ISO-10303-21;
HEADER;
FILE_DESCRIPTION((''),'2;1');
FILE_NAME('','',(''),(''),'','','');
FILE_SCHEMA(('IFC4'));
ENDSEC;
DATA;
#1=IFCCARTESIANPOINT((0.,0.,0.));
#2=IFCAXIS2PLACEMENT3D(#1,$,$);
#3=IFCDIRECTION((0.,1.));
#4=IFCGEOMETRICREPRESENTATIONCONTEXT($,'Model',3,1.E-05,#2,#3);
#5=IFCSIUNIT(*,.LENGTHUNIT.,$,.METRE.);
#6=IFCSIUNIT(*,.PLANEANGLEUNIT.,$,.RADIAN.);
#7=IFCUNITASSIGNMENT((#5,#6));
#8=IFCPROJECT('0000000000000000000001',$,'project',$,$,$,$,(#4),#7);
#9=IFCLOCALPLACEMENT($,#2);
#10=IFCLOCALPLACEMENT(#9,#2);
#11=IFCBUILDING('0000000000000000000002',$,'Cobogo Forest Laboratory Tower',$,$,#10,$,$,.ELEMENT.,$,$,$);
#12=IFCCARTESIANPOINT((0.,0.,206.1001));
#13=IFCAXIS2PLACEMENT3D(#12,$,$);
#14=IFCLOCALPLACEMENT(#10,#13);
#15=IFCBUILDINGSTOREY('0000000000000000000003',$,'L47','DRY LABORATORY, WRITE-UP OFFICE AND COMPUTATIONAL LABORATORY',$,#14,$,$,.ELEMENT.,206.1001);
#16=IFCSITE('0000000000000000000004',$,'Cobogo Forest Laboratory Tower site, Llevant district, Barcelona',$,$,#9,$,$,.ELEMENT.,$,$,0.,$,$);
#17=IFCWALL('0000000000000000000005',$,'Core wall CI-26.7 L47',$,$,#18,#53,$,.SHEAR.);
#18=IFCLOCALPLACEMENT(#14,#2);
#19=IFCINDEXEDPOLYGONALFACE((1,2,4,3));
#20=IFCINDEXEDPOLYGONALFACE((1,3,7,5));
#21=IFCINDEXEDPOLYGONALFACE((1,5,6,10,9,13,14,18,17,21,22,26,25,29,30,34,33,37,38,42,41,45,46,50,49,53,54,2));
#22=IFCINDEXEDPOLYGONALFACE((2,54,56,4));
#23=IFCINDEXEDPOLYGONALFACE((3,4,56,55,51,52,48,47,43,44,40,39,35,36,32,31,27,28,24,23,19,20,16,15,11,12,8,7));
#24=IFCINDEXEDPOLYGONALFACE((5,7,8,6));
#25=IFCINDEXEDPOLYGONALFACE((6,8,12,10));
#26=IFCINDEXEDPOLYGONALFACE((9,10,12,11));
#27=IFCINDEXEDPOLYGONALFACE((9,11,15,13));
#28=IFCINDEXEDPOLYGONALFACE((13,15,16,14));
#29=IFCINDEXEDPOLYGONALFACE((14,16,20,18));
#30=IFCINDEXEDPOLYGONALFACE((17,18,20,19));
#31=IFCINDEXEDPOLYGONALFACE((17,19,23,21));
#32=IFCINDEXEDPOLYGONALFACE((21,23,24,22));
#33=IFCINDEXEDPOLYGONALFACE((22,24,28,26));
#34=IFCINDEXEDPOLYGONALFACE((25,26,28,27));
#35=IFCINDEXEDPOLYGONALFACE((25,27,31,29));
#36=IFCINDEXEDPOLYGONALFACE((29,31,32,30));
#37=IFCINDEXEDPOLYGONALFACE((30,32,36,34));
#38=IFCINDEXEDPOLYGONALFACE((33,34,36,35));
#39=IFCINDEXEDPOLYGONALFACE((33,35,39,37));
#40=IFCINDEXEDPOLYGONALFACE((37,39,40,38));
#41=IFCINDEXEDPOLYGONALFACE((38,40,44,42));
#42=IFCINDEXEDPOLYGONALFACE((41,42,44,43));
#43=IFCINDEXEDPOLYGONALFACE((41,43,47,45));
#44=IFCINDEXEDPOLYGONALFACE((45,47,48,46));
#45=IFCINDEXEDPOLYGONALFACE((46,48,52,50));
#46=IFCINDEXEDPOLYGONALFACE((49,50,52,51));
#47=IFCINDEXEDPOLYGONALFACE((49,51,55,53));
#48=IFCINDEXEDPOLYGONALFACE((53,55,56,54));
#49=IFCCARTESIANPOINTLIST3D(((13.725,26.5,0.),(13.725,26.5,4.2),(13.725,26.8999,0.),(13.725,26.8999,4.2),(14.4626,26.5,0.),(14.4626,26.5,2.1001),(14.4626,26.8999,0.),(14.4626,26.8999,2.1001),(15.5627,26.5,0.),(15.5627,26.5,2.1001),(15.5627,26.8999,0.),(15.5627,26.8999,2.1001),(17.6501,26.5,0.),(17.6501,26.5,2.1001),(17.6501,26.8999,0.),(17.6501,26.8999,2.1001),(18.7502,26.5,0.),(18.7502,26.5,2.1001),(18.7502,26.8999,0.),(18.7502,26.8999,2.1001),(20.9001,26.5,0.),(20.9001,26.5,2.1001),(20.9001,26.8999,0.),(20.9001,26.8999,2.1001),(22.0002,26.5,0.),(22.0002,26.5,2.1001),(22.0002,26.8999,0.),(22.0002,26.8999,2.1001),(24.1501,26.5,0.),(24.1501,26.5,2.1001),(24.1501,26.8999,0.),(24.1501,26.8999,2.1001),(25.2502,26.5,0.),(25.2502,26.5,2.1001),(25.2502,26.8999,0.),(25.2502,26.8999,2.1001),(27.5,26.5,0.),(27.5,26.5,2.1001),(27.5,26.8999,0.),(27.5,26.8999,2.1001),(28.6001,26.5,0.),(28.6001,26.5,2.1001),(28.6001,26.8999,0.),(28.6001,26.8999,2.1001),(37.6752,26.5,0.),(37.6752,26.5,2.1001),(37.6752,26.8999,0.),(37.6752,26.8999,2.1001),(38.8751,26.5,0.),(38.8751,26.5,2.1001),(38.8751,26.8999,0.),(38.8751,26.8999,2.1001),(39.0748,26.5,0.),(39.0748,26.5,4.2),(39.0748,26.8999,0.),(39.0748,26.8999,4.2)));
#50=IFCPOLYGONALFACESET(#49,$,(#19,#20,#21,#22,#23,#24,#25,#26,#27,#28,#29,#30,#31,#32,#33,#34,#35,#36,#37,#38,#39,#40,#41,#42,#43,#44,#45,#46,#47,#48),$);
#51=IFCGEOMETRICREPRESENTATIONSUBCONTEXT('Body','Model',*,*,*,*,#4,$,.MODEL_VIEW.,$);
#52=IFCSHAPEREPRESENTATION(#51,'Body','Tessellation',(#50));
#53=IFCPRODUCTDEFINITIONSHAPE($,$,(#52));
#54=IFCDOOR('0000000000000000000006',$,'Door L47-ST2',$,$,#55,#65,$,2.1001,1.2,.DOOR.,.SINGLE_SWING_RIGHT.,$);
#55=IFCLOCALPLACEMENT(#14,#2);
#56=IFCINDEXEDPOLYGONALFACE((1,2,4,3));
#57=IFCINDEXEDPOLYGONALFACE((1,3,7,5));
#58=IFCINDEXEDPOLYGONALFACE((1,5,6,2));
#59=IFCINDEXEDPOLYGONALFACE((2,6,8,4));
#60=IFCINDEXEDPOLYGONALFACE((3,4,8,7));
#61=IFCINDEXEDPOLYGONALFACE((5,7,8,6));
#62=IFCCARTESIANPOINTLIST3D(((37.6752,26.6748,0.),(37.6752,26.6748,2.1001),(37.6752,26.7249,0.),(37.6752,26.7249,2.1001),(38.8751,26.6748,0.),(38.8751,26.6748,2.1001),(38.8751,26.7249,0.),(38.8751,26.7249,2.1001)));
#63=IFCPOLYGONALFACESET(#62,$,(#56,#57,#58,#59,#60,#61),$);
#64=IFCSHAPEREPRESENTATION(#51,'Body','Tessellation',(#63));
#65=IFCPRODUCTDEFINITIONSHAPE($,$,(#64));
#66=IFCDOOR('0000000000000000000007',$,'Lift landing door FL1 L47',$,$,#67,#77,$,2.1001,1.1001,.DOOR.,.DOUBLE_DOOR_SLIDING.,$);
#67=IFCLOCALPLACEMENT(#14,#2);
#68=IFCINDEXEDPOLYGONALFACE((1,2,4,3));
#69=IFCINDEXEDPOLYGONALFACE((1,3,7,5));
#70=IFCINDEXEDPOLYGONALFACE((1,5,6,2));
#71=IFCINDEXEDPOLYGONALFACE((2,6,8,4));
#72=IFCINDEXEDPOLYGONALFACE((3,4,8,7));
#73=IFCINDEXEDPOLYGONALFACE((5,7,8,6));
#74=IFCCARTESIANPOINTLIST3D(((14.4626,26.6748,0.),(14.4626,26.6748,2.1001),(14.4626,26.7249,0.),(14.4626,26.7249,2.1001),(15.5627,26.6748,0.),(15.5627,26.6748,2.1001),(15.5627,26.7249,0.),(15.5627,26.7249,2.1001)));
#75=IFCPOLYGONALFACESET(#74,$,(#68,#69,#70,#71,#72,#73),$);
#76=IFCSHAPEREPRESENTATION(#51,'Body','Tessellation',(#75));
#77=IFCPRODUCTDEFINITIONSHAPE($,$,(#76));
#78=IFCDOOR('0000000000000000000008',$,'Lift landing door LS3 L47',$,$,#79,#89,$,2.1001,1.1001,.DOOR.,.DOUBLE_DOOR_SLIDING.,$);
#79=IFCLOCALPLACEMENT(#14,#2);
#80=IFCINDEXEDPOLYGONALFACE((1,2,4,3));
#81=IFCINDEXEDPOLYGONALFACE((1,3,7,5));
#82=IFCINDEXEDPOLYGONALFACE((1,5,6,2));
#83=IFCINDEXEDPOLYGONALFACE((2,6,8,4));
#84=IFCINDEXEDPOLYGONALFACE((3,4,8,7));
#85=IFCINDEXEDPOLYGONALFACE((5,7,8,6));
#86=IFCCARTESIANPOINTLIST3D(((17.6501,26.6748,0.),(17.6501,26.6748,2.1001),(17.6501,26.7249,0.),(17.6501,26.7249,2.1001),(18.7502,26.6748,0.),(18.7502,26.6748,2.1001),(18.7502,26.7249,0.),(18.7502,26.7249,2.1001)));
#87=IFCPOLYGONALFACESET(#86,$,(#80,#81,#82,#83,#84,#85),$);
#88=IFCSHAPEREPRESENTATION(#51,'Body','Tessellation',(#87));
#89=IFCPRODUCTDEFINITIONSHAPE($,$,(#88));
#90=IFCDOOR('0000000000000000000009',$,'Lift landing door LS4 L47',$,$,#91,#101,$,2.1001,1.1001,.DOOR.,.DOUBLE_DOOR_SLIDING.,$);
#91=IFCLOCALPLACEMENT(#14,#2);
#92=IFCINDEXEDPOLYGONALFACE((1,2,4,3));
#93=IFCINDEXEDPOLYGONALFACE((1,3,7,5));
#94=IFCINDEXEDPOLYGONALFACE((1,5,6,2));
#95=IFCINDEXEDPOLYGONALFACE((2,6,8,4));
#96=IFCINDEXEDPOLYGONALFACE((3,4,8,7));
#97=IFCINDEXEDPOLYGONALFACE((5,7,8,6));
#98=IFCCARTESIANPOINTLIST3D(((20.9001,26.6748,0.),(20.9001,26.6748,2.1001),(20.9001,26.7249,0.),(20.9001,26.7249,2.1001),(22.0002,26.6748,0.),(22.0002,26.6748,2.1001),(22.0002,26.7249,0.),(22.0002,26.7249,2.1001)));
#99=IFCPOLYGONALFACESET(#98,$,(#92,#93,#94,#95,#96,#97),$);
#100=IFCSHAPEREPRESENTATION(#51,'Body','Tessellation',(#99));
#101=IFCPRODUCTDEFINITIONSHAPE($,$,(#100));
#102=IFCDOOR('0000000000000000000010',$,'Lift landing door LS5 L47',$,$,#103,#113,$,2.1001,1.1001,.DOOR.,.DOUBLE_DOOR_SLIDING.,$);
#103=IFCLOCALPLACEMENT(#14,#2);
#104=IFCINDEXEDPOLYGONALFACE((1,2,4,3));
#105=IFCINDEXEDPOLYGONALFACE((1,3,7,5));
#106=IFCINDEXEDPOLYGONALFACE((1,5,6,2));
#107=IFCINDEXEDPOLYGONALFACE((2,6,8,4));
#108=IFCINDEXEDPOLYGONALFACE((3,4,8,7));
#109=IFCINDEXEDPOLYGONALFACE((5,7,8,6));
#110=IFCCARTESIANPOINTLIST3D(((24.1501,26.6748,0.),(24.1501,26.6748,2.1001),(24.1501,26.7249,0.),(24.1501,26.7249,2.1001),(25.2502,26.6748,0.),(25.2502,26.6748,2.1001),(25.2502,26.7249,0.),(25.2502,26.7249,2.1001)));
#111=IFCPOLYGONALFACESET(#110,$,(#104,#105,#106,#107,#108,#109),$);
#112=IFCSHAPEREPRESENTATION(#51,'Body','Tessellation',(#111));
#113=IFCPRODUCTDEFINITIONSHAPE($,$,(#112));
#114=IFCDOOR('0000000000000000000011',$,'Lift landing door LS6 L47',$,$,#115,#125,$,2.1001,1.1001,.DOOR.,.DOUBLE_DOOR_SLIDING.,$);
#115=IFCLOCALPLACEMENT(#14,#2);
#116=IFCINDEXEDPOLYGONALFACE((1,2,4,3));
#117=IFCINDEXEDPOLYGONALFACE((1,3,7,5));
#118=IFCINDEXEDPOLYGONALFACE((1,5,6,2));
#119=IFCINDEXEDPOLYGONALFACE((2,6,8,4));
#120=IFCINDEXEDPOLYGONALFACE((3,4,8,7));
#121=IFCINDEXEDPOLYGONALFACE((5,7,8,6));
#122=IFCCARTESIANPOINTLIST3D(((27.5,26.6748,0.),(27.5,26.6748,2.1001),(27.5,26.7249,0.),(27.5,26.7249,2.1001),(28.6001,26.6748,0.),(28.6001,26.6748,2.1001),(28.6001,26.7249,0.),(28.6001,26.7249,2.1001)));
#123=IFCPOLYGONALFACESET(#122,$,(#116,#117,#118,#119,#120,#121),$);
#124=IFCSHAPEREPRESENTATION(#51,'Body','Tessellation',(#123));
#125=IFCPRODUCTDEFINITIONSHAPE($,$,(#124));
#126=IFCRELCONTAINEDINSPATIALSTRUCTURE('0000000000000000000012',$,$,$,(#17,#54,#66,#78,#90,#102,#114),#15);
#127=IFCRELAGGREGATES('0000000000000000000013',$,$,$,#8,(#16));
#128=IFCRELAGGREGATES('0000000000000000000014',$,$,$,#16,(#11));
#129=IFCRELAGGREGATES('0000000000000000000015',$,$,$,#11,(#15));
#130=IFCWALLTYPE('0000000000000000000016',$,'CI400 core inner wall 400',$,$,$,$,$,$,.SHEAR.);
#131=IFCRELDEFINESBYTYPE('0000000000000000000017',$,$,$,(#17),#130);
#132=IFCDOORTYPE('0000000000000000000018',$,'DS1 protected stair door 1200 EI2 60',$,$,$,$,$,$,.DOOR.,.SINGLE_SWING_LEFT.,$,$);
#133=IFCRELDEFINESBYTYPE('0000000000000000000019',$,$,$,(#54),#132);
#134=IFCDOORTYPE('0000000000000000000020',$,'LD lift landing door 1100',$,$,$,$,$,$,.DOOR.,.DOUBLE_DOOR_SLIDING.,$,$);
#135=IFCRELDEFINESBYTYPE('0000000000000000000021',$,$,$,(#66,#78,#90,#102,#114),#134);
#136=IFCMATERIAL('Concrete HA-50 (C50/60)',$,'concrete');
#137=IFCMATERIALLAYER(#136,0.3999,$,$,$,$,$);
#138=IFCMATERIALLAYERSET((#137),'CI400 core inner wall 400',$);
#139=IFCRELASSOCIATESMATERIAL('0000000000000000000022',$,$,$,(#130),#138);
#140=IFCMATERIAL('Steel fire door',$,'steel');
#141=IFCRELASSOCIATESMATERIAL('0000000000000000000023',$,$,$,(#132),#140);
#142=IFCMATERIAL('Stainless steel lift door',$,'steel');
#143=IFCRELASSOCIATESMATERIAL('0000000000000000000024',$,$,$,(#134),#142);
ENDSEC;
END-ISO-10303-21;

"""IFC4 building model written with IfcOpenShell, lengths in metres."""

from ifc_helpers import new_model, si_unit, direction, frame, frame_2d, origin, place, context, subcontext, project, spatial, rectangle, extrude, material, layer, layer_set, type_object, element, fill, save


model = new_model("IFC4")

# Units and contexts
model_context = context("Model", 3, precision=1e-05, world=origin(), true_north=direction((0.0, 1.0)))
body_context = subcontext(model_context, "Body", "Model", "MODEL_VIEW")
ifc_project = project(units=[si_unit("LENGTHUNIT", "METRE"), si_unit("PLANEANGLEUNIT", "RADIAN")], contexts=[model_context])

# Site, building, storey
site_placement = place(None, origin())
site = spatial("IfcSite", under=ifc_project, at=site_placement, Name="Cobogo Forest Laboratory Tower site, Llevant district, Barcelona", CompositionType="ELEMENT", RefElevation=0.0)
building_placement = place(site_placement, origin())
building = spatial("IfcBuilding", under=site, at=building_placement, Name="Cobogo Forest Laboratory Tower", CompositionType="ELEMENT")
storey_placement = place(building_placement, frame((0.0, 0.0, 206.1001)))
storey = spatial("IfcBuildingStorey", under=building, at=storey_placement, Name="L47", Description="DRY LABORATORY, WRITE-UP OFFICE AND COMPUTATIONAL LABORATORY", CompositionType="ELEMENT", Elevation=206.1001)

# Shared definitions
ifc_material_1 = material(Name="Concrete HA-50 (C50/60)", Category="concrete")

# Wall, openings, doors
ifc_layer_1 = layer(ifc_material_1, 0.3999)
ifc_layer_set_1 = layer_set([ifc_layer_1], Name="CI400 core inner wall 400")
wall_type_1 = type_object("IfcWallType", Name="CI400 core inner wall 400", PredefinedType="SHEAR", material=ifc_layer_set_1)
wall_1_placement = place(storey_placement, frame((13.7251, 26.7, 0.0), z_axis=(0.0, 0.0, 1.0), x_axis=(1.0, 0.0, 0.0)))
wall_1 = element("IfcWall", 1, at=wall_1_placement, inside=storey, type_object=wall_type_1, Name="Core wall CI-26.7 L47", PredefinedType="SHEAR", context=body_context, shape_type="SweptSolid", body=[
    extrude(rectangle(XDim=25.3499, YDim=0.3999, at=frame_2d((12.6748, 0.0))), origin(), (0.0, 0.0, 1.0), 4.2),
])
opening_1_placement = place(wall_1_placement, frame((23.95, 0.0, 0.0)))
opening_1 = element("IfcOpeningElement", 2, at=opening_1_placement, cuts=wall_1, PredefinedType="OPENING", context=body_context, shape_type="SweptSolid", body=[
    extrude(rectangle(XDim=1.2, YDim=2.1001, at=frame_2d((0.6001, 1.05))), frame((0.0, 0.21, 0.0), z_axis=(0.0, -1.0, 0.0), x_axis=(1.0, 0.0, 0.0)), (0.0, 0.0, 1.0), 0.4199),
])
opening_2_placement = place(wall_1_placement, frame((0.7375, 0.0, 0.0)))
opening_2 = element("IfcOpeningElement", 3, at=opening_2_placement, cuts=wall_1, PredefinedType="OPENING", context=body_context, shape_type="SweptSolid", body=[
    extrude(rectangle(XDim=1.1001, YDim=2.1001, at=frame_2d((0.55, 1.05))), frame((0.0, 0.21, 0.0), z_axis=(0.0, -1.0, 0.0), x_axis=(1.0, 0.0, 0.0)), (0.0, 0.0, 1.0), 0.4199),
])
opening_3_placement = place(wall_1_placement, frame((3.925, 0.0, 0.0)))
opening_3 = element("IfcOpeningElement", 4, at=opening_3_placement, cuts=wall_1, PredefinedType="OPENING", context=body_context, shape_type="SweptSolid", body=[
    extrude(rectangle(XDim=1.1001, YDim=2.1001, at=frame_2d((0.55, 1.05))), frame((0.0, 0.21, 0.0), z_axis=(0.0, -1.0, 0.0), x_axis=(1.0, 0.0, 0.0)), (0.0, 0.0, 1.0), 0.4199),
])
opening_4_placement = place(wall_1_placement, frame((7.175, 0.0, 0.0)))
opening_4 = element("IfcOpeningElement", 5, at=opening_4_placement, cuts=wall_1, PredefinedType="OPENING", context=body_context, shape_type="SweptSolid", body=[
    extrude(rectangle(XDim=1.1001, YDim=2.1001, at=frame_2d((0.55, 1.05))), frame((0.0, 0.21, 0.0), z_axis=(0.0, -1.0, 0.0), x_axis=(1.0, 0.0, 0.0)), (0.0, 0.0, 1.0), 0.4199),
])
opening_5_placement = place(wall_1_placement, frame((10.425, 0.0, 0.0)))
opening_5 = element("IfcOpeningElement", 6, at=opening_5_placement, cuts=wall_1, PredefinedType="OPENING", context=body_context, shape_type="SweptSolid", body=[
    extrude(rectangle(XDim=1.1001, YDim=2.1001, at=frame_2d((0.55, 1.05))), frame((0.0, 0.21, 0.0), z_axis=(0.0, -1.0, 0.0), x_axis=(1.0, 0.0, 0.0)), (0.0, 0.0, 1.0), 0.4199),
])
opening_6_placement = place(wall_1_placement, frame((13.7749, 0.0, 0.0)))
opening_6 = element("IfcOpeningElement", 7, at=opening_6_placement, cuts=wall_1, PredefinedType="OPENING", context=body_context, shape_type="SweptSolid", body=[
    extrude(rectangle(XDim=1.1001, YDim=2.1001, at=frame_2d((0.55, 1.05))), frame((0.0, 0.21, 0.0), z_axis=(0.0, -1.0, 0.0), x_axis=(1.0, 0.0, 0.0)), (0.0, 0.0, 1.0), 0.4199),
])
ifc_material_2 = material(Name="Steel fire door", Category="steel")
door_type_1 = type_object("IfcDoorType", Name="DS1 protected stair door 1200 EI2 60", OperationType="SINGLE_SWING_LEFT", PredefinedType="DOOR", material=ifc_material_2)
door_1_placement = place(opening_1_placement, origin())
door_1 = element("IfcDoor", 8, at=door_1_placement, inside=storey, type_object=door_type_1, Name="Door L47-ST2", OperationType="SINGLE_SWING_RIGHT", OverallHeight=2.1001, OverallWidth=1.2, PredefinedType="DOOR", context=body_context, shape_type="SweptSolid", body=[
    extrude(rectangle(XDim=1.2, YDim=2.1001, at=frame_2d((0.6001, 1.05))), frame((0.0, 0.0249, 0.0), z_axis=(0.0, -1.0, 0.0), x_axis=(1.0, 0.0, 0.0)), (0.0, 0.0, 1.0), 0.05),
])
fill(opening_1, door_1)
ifc_material_3 = material(Name="Stainless steel lift door", Category="steel")
door_type_2 = type_object("IfcDoorType", Name="LD lift landing door 1100", OperationType="DOUBLE_DOOR_SLIDING", PredefinedType="DOOR", material=ifc_material_3)
door_2_placement = place(opening_2_placement, origin())
door_2 = element("IfcDoor", 9, at=door_2_placement, inside=storey, type_object=door_type_2, Name="Lift landing door FL1 L47", OperationType="DOUBLE_DOOR_SLIDING", OverallHeight=2.1001, OverallWidth=1.1001, PredefinedType="DOOR", context=body_context, shape_type="SweptSolid", body=[
    extrude(rectangle(XDim=1.1001, YDim=2.1001, at=frame_2d((0.55, 1.05))), frame((0.0, 0.0249, 0.0), z_axis=(0.0, -1.0, 0.0), x_axis=(1.0, 0.0, 0.0)), (0.0, 0.0, 1.0), 0.05),
])
fill(opening_2, door_2)
door_3_placement = place(opening_3_placement, origin())
door_3 = element("IfcDoor", 10, at=door_3_placement, inside=storey, type_object=door_type_2, Name="Lift landing door LS3 L47", OperationType="DOUBLE_DOOR_SLIDING", OverallHeight=2.1001, OverallWidth=1.1001, PredefinedType="DOOR", context=body_context, shape_type="SweptSolid", body=[
    extrude(rectangle(XDim=1.1001, YDim=2.1001, at=frame_2d((0.55, 1.05))), frame((0.0, 0.0249, 0.0), z_axis=(0.0, -1.0, 0.0), x_axis=(1.0, 0.0, 0.0)), (0.0, 0.0, 1.0), 0.05),
])
fill(opening_3, door_3)
door_4_placement = place(opening_4_placement, origin())
door_4 = element("IfcDoor", 11, at=door_4_placement, inside=storey, type_object=door_type_2, Name="Lift landing door LS4 L47", OperationType="DOUBLE_DOOR_SLIDING", OverallHeight=2.1001, OverallWidth=1.1001, PredefinedType="DOOR", context=body_context, shape_type="SweptSolid", body=[
    extrude(rectangle(XDim=1.1001, YDim=2.1001, at=frame_2d((0.55, 1.05))), frame((0.0, 0.0249, 0.0), z_axis=(0.0, -1.0, 0.0), x_axis=(1.0, 0.0, 0.0)), (0.0, 0.0, 1.0), 0.05),
])
fill(opening_4, door_4)
door_5_placement = place(opening_5_placement, origin())
door_5 = element("IfcDoor", 12, at=door_5_placement, inside=storey, type_object=door_type_2, Name="Lift landing door LS5 L47", OperationType="DOUBLE_DOOR_SLIDING", OverallHeight=2.1001, OverallWidth=1.1001, PredefinedType="DOOR", context=body_context, shape_type="SweptSolid", body=[
    extrude(rectangle(XDim=1.1001, YDim=2.1001, at=frame_2d((0.55, 1.05))), frame((0.0, 0.0249, 0.0), z_axis=(0.0, -1.0, 0.0), x_axis=(1.0, 0.0, 0.0)), (0.0, 0.0, 1.0), 0.05),
])
fill(opening_5, door_5)
door_6_placement = place(opening_6_placement, origin())
door_6 = element("IfcDoor", 13, at=door_6_placement, inside=storey, type_object=door_type_2, Name="Lift landing door LS6 L47", OperationType="DOUBLE_DOOR_SLIDING", OverallHeight=2.1001, OverallWidth=1.1001, PredefinedType="DOOR", context=body_context, shape_type="SweptSolid", body=[
    extrude(rectangle(XDim=1.1001, YDim=2.1001, at=frame_2d((0.55, 1.05))), frame((0.0, 0.0249, 0.0), z_axis=(0.0, -1.0, 0.0), x_axis=(1.0, 0.0, 0.0)), (0.0, 0.0, 1.0), 0.05),
])
fill(opening_6, door_6)

save(model, "model.ifc")
